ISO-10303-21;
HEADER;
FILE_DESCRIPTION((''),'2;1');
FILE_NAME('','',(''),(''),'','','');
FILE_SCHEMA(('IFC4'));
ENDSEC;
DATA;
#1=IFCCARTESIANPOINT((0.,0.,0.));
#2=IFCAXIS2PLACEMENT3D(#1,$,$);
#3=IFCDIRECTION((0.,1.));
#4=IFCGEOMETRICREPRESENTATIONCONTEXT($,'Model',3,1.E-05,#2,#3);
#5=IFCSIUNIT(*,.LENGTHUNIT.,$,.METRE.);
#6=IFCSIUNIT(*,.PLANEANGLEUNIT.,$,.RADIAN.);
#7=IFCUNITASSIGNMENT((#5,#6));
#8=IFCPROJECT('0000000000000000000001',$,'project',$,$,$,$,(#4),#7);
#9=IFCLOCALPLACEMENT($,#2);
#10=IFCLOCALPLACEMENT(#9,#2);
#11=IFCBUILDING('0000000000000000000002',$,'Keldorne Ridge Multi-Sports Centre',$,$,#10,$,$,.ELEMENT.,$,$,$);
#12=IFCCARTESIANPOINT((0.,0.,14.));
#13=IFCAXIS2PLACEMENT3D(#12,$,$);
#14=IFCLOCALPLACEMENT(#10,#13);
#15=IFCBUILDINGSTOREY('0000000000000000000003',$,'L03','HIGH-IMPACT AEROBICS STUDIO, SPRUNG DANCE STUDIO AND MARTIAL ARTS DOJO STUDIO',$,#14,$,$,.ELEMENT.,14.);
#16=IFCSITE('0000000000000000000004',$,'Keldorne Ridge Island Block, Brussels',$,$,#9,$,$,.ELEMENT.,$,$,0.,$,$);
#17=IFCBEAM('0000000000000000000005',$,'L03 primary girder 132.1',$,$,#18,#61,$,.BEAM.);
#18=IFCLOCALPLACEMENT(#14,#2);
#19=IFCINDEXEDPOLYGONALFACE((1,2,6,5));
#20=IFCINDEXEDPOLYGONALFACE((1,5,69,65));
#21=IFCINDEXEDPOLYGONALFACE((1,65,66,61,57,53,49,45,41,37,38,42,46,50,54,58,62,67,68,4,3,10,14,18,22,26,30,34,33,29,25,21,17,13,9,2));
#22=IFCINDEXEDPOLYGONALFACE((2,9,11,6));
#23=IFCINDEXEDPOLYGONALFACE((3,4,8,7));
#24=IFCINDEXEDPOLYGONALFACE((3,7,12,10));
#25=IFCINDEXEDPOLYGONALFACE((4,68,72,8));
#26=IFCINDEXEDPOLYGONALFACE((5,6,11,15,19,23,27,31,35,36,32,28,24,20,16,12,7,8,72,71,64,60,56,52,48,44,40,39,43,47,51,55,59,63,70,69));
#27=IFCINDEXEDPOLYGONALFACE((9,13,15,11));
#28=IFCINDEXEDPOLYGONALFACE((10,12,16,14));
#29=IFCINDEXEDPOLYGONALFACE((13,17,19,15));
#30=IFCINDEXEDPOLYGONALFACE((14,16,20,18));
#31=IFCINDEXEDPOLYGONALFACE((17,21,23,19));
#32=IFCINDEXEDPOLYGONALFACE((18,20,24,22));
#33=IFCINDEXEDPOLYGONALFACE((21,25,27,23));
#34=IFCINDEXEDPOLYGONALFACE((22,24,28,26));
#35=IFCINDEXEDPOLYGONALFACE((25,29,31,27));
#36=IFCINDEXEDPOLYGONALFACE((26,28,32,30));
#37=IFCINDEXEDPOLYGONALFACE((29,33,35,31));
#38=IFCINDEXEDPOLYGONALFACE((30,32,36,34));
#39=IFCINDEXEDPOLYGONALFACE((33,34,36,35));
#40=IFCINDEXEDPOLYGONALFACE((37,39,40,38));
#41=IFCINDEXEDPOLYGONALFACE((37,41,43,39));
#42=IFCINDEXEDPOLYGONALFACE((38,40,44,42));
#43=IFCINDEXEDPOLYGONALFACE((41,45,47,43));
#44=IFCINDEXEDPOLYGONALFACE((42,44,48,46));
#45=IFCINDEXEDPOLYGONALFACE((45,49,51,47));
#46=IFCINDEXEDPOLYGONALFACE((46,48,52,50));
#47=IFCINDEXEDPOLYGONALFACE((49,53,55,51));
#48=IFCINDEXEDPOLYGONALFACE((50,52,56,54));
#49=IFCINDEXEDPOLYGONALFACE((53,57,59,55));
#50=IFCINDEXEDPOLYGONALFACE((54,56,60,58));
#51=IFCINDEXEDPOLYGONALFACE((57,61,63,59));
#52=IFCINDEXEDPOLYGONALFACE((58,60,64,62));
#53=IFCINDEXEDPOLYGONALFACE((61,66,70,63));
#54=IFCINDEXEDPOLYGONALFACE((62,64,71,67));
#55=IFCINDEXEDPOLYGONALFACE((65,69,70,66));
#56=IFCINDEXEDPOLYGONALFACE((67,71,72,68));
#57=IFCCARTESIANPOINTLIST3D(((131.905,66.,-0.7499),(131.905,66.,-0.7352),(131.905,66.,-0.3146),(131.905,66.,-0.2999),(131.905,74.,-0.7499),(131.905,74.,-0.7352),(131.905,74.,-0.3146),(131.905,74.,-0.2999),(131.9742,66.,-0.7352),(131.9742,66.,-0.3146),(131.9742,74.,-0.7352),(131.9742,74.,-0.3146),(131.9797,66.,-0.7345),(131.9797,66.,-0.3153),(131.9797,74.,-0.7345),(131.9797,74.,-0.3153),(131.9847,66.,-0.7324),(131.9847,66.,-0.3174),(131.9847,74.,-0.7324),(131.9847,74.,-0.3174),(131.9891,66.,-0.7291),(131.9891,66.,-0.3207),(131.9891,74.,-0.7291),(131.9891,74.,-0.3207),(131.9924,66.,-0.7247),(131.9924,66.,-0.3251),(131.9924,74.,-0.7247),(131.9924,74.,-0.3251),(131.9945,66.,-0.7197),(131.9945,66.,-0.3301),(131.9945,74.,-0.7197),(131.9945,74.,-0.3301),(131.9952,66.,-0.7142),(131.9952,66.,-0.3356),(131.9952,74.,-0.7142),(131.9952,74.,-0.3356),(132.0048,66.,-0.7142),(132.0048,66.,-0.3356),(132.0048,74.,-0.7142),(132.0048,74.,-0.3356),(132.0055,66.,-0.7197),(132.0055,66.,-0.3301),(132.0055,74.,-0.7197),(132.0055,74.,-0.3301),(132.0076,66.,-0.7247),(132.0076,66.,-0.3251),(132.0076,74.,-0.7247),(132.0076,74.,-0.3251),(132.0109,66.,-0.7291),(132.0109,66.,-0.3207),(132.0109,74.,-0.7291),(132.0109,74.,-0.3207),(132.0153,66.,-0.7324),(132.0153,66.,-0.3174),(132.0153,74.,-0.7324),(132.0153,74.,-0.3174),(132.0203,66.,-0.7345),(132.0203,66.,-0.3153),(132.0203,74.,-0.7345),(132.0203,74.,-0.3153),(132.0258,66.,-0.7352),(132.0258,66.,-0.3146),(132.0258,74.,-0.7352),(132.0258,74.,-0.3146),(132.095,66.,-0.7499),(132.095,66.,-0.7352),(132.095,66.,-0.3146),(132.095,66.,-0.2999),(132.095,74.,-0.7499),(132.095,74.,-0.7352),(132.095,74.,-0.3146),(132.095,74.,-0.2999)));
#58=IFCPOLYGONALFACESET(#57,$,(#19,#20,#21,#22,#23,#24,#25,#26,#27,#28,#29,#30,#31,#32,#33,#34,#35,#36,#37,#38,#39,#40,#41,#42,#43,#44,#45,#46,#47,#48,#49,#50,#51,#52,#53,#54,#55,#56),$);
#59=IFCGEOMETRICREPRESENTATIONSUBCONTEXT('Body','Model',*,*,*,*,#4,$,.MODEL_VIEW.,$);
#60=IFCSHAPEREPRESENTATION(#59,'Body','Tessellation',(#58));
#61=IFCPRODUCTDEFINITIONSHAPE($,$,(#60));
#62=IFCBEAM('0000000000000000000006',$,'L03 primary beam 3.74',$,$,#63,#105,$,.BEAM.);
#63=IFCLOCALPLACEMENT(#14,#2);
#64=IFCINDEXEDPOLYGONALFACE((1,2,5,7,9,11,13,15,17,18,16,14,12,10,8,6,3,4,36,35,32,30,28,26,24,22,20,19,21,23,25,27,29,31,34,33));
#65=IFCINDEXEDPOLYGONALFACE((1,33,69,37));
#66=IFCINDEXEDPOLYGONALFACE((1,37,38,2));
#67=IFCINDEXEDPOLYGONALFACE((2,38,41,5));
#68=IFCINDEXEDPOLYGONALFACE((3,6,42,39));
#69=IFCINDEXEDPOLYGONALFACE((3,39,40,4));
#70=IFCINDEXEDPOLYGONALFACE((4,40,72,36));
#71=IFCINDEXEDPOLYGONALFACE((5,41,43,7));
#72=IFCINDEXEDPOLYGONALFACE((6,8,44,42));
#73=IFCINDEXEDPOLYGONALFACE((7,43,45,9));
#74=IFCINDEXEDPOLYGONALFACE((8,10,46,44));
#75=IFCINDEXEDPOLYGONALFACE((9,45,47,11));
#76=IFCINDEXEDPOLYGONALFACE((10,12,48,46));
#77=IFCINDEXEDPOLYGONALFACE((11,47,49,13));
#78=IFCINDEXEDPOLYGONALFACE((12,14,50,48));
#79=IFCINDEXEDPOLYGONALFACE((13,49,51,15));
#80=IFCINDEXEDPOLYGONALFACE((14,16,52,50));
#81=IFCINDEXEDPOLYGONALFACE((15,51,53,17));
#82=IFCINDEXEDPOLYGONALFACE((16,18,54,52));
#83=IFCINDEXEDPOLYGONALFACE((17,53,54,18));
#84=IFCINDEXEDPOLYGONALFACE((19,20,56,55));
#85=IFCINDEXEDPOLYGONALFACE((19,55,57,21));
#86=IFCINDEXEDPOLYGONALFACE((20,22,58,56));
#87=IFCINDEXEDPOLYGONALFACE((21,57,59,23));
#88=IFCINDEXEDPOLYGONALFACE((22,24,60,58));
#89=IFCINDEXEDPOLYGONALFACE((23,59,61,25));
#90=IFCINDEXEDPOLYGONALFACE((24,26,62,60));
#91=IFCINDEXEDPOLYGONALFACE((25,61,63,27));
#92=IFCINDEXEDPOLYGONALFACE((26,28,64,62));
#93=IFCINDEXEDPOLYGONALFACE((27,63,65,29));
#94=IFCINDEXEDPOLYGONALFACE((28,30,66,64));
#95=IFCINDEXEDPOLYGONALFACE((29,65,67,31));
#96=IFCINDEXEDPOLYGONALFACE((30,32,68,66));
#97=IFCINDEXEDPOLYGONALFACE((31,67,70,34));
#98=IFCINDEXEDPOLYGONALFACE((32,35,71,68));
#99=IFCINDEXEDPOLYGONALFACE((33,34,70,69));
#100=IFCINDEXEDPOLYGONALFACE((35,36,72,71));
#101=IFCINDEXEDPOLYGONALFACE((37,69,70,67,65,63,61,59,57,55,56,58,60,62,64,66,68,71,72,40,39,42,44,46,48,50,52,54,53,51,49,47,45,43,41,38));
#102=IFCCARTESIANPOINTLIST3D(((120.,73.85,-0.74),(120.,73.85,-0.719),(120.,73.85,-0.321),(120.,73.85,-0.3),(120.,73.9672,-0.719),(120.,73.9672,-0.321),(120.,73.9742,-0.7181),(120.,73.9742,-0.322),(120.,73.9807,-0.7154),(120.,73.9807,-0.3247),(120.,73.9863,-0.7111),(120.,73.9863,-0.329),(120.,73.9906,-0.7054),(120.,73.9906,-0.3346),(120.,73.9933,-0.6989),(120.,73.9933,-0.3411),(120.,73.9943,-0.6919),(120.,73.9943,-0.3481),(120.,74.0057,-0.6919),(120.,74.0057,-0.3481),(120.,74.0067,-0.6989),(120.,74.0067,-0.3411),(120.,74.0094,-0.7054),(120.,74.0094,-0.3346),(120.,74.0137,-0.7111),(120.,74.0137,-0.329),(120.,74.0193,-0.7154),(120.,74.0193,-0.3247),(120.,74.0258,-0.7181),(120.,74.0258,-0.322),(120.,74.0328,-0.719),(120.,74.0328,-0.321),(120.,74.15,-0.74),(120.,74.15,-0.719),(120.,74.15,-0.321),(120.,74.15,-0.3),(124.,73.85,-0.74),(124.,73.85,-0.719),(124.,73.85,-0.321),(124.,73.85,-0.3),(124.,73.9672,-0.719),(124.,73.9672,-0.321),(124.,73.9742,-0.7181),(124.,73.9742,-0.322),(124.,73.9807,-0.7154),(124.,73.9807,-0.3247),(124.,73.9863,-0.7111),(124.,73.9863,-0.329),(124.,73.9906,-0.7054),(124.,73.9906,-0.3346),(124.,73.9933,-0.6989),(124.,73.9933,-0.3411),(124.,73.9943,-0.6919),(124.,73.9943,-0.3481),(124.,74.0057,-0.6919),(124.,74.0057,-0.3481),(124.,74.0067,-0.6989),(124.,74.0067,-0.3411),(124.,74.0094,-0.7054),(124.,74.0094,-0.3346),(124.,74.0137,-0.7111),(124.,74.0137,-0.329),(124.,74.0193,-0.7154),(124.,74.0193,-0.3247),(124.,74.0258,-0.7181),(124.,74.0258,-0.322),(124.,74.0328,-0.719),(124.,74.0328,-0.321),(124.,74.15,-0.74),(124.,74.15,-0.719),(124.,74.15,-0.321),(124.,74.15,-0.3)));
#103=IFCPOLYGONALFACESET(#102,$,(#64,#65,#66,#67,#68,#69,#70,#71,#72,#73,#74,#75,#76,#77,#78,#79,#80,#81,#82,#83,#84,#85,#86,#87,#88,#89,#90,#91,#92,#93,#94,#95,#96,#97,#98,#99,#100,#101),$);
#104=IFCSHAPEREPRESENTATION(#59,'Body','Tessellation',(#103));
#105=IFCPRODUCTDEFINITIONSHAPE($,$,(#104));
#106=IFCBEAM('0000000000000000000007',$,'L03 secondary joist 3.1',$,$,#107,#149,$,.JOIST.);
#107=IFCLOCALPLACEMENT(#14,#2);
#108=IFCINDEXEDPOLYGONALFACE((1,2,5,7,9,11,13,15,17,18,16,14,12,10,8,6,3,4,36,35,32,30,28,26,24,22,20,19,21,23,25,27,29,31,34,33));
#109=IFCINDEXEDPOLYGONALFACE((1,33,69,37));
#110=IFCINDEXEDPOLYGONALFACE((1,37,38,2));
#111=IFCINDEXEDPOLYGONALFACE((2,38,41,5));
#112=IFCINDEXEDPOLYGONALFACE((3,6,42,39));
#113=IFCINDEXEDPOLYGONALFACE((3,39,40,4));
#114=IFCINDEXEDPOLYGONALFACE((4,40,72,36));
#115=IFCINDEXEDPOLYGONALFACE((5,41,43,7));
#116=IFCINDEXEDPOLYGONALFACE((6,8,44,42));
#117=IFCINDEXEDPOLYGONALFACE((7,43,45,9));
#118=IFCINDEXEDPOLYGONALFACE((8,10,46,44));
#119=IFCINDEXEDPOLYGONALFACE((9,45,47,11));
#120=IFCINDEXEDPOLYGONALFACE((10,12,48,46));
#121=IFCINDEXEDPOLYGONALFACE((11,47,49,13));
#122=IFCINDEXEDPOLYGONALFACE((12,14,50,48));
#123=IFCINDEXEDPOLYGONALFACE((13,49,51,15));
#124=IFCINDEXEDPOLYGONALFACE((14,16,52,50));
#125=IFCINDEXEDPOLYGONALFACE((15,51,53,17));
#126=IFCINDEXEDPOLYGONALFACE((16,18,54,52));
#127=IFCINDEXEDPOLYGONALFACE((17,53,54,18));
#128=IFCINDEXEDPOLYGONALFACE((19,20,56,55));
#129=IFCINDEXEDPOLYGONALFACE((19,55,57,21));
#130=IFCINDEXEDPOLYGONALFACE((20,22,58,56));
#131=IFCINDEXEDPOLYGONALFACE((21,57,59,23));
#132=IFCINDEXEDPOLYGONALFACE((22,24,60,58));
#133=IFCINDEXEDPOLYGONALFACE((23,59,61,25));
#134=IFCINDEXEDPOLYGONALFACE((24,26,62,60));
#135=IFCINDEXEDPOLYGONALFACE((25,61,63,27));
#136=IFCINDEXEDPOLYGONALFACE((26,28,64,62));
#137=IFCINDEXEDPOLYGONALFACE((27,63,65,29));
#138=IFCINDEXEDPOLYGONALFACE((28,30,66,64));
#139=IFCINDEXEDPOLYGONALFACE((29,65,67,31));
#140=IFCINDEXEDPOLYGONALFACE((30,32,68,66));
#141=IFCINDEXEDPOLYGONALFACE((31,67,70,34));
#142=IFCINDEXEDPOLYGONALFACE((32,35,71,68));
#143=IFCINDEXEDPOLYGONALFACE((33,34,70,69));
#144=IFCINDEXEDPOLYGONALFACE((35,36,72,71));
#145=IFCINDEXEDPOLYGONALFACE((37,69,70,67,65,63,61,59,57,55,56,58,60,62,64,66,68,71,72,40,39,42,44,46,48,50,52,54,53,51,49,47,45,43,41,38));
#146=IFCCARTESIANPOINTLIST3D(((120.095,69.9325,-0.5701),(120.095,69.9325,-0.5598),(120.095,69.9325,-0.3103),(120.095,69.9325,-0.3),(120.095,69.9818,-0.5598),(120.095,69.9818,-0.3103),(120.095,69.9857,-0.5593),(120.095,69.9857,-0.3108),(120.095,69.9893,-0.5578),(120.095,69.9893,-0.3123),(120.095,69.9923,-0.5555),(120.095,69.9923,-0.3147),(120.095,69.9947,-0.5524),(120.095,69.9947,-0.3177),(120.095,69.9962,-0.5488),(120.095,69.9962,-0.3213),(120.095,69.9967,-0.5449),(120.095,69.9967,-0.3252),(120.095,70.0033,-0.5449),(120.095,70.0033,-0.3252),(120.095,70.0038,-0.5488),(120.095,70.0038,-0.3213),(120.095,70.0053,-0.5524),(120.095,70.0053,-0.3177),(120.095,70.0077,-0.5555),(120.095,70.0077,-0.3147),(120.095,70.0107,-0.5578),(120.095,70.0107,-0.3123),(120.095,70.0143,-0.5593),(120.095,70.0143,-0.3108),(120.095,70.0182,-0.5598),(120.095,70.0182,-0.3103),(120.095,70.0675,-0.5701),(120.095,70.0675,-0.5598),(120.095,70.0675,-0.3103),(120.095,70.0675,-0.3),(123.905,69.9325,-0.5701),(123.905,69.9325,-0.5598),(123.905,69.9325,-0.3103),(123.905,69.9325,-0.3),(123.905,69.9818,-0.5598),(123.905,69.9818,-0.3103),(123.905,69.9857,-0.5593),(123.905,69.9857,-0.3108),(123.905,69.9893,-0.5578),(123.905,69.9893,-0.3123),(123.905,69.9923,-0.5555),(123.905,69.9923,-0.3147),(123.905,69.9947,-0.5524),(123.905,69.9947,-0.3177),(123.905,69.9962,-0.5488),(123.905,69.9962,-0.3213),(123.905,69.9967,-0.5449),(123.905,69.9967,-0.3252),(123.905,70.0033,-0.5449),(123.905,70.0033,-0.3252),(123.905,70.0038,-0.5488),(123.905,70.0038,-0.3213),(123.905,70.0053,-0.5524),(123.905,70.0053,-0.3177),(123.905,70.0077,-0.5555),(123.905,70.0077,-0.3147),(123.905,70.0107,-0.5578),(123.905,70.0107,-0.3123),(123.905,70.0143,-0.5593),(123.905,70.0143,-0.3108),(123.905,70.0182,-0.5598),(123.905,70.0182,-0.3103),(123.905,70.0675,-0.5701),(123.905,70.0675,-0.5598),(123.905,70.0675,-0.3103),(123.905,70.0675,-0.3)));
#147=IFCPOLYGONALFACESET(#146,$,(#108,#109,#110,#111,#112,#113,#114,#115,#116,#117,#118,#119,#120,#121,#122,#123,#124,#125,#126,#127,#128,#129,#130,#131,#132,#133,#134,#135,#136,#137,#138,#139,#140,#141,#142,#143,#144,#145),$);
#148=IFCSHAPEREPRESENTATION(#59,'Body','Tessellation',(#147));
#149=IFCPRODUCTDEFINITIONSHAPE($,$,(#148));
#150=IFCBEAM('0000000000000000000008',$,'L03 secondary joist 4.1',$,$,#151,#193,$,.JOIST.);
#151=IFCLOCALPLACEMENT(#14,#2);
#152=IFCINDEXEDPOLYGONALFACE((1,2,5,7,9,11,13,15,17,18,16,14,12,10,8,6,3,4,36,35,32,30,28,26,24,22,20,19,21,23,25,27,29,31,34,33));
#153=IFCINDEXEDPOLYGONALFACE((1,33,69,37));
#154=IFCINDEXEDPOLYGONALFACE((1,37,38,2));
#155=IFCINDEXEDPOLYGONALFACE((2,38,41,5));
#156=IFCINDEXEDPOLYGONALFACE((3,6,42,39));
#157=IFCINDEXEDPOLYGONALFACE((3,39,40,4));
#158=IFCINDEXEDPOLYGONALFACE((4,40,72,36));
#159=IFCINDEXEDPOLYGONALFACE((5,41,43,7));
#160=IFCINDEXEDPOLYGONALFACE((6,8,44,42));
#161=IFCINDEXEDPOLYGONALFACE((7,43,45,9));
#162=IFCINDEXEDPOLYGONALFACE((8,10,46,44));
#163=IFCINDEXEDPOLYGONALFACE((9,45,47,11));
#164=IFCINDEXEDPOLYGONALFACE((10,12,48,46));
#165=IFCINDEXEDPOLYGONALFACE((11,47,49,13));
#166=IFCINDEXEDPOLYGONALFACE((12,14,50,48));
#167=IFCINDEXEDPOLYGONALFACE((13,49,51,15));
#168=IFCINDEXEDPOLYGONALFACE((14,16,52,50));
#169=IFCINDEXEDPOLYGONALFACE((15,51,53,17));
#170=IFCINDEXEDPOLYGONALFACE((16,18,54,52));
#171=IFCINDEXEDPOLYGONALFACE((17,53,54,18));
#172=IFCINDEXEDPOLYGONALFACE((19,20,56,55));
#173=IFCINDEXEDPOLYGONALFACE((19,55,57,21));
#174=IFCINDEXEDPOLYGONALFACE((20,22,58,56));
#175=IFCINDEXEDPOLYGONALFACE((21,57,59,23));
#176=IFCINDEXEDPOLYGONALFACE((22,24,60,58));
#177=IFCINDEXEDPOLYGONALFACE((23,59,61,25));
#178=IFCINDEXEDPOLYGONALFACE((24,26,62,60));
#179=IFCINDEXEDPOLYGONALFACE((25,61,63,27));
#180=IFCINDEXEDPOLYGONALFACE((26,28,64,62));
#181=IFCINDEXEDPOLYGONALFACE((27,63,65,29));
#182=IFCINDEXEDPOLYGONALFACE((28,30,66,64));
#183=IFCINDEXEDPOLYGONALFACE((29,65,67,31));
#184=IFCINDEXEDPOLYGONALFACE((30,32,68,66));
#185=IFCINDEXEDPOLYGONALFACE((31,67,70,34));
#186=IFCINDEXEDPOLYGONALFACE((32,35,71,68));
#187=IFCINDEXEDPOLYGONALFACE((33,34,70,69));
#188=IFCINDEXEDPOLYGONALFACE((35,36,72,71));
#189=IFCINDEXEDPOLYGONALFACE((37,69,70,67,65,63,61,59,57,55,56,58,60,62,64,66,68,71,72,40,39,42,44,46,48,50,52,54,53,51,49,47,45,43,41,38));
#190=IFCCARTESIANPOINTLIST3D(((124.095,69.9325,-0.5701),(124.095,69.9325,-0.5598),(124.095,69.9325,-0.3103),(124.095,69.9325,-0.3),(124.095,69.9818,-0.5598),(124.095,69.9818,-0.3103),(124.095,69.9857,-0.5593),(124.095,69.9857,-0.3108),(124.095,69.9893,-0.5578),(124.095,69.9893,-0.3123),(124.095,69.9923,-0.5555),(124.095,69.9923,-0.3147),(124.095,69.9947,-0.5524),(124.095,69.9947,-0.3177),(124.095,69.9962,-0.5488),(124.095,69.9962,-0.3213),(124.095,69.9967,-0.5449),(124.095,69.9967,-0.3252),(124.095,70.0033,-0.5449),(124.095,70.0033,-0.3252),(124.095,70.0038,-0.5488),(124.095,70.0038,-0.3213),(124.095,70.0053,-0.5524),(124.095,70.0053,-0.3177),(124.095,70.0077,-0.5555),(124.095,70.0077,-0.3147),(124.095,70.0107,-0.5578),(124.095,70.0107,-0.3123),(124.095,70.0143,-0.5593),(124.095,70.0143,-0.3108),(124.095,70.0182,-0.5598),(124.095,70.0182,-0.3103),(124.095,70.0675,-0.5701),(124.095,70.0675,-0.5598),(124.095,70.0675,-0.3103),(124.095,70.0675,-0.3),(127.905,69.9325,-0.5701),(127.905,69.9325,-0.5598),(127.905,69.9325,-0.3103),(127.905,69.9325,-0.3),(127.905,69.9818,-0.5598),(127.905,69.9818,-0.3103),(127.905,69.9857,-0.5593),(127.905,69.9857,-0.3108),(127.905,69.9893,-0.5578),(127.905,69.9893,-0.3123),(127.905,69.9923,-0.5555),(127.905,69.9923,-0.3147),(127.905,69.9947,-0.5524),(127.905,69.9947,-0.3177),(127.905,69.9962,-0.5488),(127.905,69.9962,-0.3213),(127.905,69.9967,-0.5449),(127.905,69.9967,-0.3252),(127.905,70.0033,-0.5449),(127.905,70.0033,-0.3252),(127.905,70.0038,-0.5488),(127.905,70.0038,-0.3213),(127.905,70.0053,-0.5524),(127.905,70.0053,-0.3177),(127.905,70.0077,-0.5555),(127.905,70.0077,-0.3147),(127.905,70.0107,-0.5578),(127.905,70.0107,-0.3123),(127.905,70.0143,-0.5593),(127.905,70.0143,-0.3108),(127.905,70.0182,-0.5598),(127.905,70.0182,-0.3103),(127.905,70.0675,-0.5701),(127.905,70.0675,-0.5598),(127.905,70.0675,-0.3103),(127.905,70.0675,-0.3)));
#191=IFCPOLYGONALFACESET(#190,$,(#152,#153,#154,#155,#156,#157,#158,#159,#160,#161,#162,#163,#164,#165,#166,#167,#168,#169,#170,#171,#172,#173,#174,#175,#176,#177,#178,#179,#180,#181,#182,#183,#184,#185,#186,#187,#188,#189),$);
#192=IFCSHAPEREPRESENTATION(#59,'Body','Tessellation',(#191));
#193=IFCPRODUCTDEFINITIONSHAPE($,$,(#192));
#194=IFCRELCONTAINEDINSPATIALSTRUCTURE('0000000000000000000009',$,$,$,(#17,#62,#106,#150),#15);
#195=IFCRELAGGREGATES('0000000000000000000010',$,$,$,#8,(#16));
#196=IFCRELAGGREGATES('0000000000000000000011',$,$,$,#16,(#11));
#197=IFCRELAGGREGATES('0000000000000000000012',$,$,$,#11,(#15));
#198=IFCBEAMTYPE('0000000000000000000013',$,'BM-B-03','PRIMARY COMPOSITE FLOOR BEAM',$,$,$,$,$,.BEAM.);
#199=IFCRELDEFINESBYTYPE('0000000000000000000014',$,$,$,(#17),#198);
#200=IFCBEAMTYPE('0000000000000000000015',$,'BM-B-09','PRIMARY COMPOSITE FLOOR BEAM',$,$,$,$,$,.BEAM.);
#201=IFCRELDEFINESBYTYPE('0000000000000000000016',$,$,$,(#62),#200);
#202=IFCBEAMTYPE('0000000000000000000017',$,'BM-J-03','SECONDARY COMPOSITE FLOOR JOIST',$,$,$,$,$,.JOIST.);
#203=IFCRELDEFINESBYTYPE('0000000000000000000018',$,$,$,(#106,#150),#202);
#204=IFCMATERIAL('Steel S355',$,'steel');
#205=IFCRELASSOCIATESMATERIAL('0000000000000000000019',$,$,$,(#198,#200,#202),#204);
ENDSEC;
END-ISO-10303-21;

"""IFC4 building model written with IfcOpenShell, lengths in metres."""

from ifc_helpers import new_model, si_unit, direction, frame, origin, origin_2d, place, context, subcontext, project, spatial, i_section, extrude, material, material_profile, profile_set, type_object, element, save


model = new_model("IFC4")

# Units and contexts
model_context = context("Model", 3, precision=1e-05, world=origin(), true_north=direction((0.0, 1.0)))
body_context = subcontext(model_context, "Body", "Model", "MODEL_VIEW")
ifc_project = project(units=[si_unit("LENGTHUNIT", "METRE"), si_unit("PLANEANGLEUNIT", "RADIAN")], contexts=[model_context])

# Site, building, storey
site_placement = place(None, origin())
site = spatial("IfcSite", under=ifc_project, at=site_placement, Name="Keldorne Ridge Island Block, Brussels", CompositionType="ELEMENT", RefElevation=0.0)
building_placement = place(site_placement, origin())
building = spatial("IfcBuilding", under=site, at=building_placement, Name="Keldorne Ridge Multi-Sports Centre", CompositionType="ELEMENT")
storey_placement = place(building_placement, frame((0.0, 0.0, 14.0)))
storey = spatial("IfcBuildingStorey", under=building, at=storey_placement, Name="L03", Description="HIGH-IMPACT AEROBICS STUDIO, SPRUNG DANCE STUDIO AND MARTIAL ARTS DOJO STUDIO", CompositionType="ELEMENT", Elevation=14.0)

# Beams
ifc_material_1 = material(Name="Steel S355", Category="steel")
ifc_material_profile_1 = material_profile(ifc_material_1, i_section(OverallWidth=0.1899, OverallDepth=0.45, WebThickness=0.0095, FlangeThickness=0.0146, FilletRadius=0.021, at=origin_2d()), Name="IPE 450")
ifc_profile_set_1 = profile_set([ifc_material_profile_1], Name="Steel S355")
beam_type_1 = type_object("IfcBeamType", Name="BM-B-03", Description="PRIMARY COMPOSITE FLOOR BEAM", PredefinedType="BEAM", material=ifc_profile_set_1)
for number, where, z_axis, x_axis, name in (
    (1, (132.0, 66.0, -0.5249), (0.0, 1.0, 0.0), (-1.0, 0.0, 0.0), "L03 primary girder 132.1"),
):
    element("IfcBeam", number, at=place(storey_placement, frame(where, z_axis=z_axis, x_axis=x_axis)), inside=storey, type_object=beam_type_1, Name=name, PredefinedType="BEAM", context=body_context, shape_type="SweptSolid", body=[
        extrude(i_section(OverallWidth=0.1899, OverallDepth=0.45, WebThickness=0.0095, FlangeThickness=0.0146, FilletRadius=0.021, at=origin_2d()), origin(), (0.0, 0.0, 1.0), 8.0),
    ])
ifc_material_profile_2 = material_profile(ifc_material_1, i_section(OverallWidth=0.3, OverallDepth=0.4399, WebThickness=0.0115, FlangeThickness=0.021, FilletRadius=0.0271, at=origin_2d()), Name="HEA 450")
ifc_profile_set_2 = profile_set([ifc_material_profile_2], Name="Steel S355")
beam_type_2 = type_object("IfcBeamType", Name="BM-B-09", Description="PRIMARY COMPOSITE FLOOR BEAM", PredefinedType="BEAM", material=ifc_profile_set_2)
beam_placement = place(storey_placement, frame((120.0, 74.0, -0.52), z_axis=(1.0, 0.0, 0.0), x_axis=(0.0, 1.0, 0.0)))
element("IfcBeam", 2, at=beam_placement, inside=storey, type_object=beam_type_2, Name="L03 primary beam 3.74", PredefinedType="BEAM", context=body_context, shape_type="SweptSolid", body=[
    extrude(i_section(OverallWidth=0.3, OverallDepth=0.4399, WebThickness=0.0115, FlangeThickness=0.021, FilletRadius=0.0271, at=origin_2d()), origin(), (0.0, 0.0, 1.0), 4.0),
])
ifc_material_profile_3 = material_profile(ifc_material_1, i_section(OverallWidth=0.135, OverallDepth=0.27, WebThickness=0.0066, FlangeThickness=0.0103, FilletRadius=0.0149, at=origin_2d()), Name="IPE 270")
ifc_profile_set_3 = profile_set([ifc_material_profile_3], Name="Steel S355")
beam_type_3 = type_object("IfcBeamType", Name="BM-J-03", Description="SECONDARY COMPOSITE FLOOR JOIST", PredefinedType="JOIST", material=ifc_profile_set_3)
for number, where, z_axis, x_axis, name in (
    (3, (120.095, 70.0, -0.4351), (1.0, 0.0, 0.0), (0.0, 1.0, 0.0), "L03 secondary joist 3.1"),
    (4, (124.095, 70.0, -0.4351), (1.0, 0.0, 0.0), (0.0, 1.0, 0.0), "L03 secondary joist 4.1"),
):
    element("IfcBeam", number, at=place(storey_placement, frame(where, z_axis=z_axis, x_axis=x_axis)), inside=storey, type_object=beam_type_3, Name=name, PredefinedType="JOIST", context=body_context, shape_type="SweptSolid", body=[
        extrude(i_section(OverallWidth=0.135, OverallDepth=0.27, WebThickness=0.0066, FlangeThickness=0.0103, FilletRadius=0.0149, at=origin_2d()), origin(), (0.0, 0.0, 1.0), 3.8101),
    ])

save(model, "model.ifc")
